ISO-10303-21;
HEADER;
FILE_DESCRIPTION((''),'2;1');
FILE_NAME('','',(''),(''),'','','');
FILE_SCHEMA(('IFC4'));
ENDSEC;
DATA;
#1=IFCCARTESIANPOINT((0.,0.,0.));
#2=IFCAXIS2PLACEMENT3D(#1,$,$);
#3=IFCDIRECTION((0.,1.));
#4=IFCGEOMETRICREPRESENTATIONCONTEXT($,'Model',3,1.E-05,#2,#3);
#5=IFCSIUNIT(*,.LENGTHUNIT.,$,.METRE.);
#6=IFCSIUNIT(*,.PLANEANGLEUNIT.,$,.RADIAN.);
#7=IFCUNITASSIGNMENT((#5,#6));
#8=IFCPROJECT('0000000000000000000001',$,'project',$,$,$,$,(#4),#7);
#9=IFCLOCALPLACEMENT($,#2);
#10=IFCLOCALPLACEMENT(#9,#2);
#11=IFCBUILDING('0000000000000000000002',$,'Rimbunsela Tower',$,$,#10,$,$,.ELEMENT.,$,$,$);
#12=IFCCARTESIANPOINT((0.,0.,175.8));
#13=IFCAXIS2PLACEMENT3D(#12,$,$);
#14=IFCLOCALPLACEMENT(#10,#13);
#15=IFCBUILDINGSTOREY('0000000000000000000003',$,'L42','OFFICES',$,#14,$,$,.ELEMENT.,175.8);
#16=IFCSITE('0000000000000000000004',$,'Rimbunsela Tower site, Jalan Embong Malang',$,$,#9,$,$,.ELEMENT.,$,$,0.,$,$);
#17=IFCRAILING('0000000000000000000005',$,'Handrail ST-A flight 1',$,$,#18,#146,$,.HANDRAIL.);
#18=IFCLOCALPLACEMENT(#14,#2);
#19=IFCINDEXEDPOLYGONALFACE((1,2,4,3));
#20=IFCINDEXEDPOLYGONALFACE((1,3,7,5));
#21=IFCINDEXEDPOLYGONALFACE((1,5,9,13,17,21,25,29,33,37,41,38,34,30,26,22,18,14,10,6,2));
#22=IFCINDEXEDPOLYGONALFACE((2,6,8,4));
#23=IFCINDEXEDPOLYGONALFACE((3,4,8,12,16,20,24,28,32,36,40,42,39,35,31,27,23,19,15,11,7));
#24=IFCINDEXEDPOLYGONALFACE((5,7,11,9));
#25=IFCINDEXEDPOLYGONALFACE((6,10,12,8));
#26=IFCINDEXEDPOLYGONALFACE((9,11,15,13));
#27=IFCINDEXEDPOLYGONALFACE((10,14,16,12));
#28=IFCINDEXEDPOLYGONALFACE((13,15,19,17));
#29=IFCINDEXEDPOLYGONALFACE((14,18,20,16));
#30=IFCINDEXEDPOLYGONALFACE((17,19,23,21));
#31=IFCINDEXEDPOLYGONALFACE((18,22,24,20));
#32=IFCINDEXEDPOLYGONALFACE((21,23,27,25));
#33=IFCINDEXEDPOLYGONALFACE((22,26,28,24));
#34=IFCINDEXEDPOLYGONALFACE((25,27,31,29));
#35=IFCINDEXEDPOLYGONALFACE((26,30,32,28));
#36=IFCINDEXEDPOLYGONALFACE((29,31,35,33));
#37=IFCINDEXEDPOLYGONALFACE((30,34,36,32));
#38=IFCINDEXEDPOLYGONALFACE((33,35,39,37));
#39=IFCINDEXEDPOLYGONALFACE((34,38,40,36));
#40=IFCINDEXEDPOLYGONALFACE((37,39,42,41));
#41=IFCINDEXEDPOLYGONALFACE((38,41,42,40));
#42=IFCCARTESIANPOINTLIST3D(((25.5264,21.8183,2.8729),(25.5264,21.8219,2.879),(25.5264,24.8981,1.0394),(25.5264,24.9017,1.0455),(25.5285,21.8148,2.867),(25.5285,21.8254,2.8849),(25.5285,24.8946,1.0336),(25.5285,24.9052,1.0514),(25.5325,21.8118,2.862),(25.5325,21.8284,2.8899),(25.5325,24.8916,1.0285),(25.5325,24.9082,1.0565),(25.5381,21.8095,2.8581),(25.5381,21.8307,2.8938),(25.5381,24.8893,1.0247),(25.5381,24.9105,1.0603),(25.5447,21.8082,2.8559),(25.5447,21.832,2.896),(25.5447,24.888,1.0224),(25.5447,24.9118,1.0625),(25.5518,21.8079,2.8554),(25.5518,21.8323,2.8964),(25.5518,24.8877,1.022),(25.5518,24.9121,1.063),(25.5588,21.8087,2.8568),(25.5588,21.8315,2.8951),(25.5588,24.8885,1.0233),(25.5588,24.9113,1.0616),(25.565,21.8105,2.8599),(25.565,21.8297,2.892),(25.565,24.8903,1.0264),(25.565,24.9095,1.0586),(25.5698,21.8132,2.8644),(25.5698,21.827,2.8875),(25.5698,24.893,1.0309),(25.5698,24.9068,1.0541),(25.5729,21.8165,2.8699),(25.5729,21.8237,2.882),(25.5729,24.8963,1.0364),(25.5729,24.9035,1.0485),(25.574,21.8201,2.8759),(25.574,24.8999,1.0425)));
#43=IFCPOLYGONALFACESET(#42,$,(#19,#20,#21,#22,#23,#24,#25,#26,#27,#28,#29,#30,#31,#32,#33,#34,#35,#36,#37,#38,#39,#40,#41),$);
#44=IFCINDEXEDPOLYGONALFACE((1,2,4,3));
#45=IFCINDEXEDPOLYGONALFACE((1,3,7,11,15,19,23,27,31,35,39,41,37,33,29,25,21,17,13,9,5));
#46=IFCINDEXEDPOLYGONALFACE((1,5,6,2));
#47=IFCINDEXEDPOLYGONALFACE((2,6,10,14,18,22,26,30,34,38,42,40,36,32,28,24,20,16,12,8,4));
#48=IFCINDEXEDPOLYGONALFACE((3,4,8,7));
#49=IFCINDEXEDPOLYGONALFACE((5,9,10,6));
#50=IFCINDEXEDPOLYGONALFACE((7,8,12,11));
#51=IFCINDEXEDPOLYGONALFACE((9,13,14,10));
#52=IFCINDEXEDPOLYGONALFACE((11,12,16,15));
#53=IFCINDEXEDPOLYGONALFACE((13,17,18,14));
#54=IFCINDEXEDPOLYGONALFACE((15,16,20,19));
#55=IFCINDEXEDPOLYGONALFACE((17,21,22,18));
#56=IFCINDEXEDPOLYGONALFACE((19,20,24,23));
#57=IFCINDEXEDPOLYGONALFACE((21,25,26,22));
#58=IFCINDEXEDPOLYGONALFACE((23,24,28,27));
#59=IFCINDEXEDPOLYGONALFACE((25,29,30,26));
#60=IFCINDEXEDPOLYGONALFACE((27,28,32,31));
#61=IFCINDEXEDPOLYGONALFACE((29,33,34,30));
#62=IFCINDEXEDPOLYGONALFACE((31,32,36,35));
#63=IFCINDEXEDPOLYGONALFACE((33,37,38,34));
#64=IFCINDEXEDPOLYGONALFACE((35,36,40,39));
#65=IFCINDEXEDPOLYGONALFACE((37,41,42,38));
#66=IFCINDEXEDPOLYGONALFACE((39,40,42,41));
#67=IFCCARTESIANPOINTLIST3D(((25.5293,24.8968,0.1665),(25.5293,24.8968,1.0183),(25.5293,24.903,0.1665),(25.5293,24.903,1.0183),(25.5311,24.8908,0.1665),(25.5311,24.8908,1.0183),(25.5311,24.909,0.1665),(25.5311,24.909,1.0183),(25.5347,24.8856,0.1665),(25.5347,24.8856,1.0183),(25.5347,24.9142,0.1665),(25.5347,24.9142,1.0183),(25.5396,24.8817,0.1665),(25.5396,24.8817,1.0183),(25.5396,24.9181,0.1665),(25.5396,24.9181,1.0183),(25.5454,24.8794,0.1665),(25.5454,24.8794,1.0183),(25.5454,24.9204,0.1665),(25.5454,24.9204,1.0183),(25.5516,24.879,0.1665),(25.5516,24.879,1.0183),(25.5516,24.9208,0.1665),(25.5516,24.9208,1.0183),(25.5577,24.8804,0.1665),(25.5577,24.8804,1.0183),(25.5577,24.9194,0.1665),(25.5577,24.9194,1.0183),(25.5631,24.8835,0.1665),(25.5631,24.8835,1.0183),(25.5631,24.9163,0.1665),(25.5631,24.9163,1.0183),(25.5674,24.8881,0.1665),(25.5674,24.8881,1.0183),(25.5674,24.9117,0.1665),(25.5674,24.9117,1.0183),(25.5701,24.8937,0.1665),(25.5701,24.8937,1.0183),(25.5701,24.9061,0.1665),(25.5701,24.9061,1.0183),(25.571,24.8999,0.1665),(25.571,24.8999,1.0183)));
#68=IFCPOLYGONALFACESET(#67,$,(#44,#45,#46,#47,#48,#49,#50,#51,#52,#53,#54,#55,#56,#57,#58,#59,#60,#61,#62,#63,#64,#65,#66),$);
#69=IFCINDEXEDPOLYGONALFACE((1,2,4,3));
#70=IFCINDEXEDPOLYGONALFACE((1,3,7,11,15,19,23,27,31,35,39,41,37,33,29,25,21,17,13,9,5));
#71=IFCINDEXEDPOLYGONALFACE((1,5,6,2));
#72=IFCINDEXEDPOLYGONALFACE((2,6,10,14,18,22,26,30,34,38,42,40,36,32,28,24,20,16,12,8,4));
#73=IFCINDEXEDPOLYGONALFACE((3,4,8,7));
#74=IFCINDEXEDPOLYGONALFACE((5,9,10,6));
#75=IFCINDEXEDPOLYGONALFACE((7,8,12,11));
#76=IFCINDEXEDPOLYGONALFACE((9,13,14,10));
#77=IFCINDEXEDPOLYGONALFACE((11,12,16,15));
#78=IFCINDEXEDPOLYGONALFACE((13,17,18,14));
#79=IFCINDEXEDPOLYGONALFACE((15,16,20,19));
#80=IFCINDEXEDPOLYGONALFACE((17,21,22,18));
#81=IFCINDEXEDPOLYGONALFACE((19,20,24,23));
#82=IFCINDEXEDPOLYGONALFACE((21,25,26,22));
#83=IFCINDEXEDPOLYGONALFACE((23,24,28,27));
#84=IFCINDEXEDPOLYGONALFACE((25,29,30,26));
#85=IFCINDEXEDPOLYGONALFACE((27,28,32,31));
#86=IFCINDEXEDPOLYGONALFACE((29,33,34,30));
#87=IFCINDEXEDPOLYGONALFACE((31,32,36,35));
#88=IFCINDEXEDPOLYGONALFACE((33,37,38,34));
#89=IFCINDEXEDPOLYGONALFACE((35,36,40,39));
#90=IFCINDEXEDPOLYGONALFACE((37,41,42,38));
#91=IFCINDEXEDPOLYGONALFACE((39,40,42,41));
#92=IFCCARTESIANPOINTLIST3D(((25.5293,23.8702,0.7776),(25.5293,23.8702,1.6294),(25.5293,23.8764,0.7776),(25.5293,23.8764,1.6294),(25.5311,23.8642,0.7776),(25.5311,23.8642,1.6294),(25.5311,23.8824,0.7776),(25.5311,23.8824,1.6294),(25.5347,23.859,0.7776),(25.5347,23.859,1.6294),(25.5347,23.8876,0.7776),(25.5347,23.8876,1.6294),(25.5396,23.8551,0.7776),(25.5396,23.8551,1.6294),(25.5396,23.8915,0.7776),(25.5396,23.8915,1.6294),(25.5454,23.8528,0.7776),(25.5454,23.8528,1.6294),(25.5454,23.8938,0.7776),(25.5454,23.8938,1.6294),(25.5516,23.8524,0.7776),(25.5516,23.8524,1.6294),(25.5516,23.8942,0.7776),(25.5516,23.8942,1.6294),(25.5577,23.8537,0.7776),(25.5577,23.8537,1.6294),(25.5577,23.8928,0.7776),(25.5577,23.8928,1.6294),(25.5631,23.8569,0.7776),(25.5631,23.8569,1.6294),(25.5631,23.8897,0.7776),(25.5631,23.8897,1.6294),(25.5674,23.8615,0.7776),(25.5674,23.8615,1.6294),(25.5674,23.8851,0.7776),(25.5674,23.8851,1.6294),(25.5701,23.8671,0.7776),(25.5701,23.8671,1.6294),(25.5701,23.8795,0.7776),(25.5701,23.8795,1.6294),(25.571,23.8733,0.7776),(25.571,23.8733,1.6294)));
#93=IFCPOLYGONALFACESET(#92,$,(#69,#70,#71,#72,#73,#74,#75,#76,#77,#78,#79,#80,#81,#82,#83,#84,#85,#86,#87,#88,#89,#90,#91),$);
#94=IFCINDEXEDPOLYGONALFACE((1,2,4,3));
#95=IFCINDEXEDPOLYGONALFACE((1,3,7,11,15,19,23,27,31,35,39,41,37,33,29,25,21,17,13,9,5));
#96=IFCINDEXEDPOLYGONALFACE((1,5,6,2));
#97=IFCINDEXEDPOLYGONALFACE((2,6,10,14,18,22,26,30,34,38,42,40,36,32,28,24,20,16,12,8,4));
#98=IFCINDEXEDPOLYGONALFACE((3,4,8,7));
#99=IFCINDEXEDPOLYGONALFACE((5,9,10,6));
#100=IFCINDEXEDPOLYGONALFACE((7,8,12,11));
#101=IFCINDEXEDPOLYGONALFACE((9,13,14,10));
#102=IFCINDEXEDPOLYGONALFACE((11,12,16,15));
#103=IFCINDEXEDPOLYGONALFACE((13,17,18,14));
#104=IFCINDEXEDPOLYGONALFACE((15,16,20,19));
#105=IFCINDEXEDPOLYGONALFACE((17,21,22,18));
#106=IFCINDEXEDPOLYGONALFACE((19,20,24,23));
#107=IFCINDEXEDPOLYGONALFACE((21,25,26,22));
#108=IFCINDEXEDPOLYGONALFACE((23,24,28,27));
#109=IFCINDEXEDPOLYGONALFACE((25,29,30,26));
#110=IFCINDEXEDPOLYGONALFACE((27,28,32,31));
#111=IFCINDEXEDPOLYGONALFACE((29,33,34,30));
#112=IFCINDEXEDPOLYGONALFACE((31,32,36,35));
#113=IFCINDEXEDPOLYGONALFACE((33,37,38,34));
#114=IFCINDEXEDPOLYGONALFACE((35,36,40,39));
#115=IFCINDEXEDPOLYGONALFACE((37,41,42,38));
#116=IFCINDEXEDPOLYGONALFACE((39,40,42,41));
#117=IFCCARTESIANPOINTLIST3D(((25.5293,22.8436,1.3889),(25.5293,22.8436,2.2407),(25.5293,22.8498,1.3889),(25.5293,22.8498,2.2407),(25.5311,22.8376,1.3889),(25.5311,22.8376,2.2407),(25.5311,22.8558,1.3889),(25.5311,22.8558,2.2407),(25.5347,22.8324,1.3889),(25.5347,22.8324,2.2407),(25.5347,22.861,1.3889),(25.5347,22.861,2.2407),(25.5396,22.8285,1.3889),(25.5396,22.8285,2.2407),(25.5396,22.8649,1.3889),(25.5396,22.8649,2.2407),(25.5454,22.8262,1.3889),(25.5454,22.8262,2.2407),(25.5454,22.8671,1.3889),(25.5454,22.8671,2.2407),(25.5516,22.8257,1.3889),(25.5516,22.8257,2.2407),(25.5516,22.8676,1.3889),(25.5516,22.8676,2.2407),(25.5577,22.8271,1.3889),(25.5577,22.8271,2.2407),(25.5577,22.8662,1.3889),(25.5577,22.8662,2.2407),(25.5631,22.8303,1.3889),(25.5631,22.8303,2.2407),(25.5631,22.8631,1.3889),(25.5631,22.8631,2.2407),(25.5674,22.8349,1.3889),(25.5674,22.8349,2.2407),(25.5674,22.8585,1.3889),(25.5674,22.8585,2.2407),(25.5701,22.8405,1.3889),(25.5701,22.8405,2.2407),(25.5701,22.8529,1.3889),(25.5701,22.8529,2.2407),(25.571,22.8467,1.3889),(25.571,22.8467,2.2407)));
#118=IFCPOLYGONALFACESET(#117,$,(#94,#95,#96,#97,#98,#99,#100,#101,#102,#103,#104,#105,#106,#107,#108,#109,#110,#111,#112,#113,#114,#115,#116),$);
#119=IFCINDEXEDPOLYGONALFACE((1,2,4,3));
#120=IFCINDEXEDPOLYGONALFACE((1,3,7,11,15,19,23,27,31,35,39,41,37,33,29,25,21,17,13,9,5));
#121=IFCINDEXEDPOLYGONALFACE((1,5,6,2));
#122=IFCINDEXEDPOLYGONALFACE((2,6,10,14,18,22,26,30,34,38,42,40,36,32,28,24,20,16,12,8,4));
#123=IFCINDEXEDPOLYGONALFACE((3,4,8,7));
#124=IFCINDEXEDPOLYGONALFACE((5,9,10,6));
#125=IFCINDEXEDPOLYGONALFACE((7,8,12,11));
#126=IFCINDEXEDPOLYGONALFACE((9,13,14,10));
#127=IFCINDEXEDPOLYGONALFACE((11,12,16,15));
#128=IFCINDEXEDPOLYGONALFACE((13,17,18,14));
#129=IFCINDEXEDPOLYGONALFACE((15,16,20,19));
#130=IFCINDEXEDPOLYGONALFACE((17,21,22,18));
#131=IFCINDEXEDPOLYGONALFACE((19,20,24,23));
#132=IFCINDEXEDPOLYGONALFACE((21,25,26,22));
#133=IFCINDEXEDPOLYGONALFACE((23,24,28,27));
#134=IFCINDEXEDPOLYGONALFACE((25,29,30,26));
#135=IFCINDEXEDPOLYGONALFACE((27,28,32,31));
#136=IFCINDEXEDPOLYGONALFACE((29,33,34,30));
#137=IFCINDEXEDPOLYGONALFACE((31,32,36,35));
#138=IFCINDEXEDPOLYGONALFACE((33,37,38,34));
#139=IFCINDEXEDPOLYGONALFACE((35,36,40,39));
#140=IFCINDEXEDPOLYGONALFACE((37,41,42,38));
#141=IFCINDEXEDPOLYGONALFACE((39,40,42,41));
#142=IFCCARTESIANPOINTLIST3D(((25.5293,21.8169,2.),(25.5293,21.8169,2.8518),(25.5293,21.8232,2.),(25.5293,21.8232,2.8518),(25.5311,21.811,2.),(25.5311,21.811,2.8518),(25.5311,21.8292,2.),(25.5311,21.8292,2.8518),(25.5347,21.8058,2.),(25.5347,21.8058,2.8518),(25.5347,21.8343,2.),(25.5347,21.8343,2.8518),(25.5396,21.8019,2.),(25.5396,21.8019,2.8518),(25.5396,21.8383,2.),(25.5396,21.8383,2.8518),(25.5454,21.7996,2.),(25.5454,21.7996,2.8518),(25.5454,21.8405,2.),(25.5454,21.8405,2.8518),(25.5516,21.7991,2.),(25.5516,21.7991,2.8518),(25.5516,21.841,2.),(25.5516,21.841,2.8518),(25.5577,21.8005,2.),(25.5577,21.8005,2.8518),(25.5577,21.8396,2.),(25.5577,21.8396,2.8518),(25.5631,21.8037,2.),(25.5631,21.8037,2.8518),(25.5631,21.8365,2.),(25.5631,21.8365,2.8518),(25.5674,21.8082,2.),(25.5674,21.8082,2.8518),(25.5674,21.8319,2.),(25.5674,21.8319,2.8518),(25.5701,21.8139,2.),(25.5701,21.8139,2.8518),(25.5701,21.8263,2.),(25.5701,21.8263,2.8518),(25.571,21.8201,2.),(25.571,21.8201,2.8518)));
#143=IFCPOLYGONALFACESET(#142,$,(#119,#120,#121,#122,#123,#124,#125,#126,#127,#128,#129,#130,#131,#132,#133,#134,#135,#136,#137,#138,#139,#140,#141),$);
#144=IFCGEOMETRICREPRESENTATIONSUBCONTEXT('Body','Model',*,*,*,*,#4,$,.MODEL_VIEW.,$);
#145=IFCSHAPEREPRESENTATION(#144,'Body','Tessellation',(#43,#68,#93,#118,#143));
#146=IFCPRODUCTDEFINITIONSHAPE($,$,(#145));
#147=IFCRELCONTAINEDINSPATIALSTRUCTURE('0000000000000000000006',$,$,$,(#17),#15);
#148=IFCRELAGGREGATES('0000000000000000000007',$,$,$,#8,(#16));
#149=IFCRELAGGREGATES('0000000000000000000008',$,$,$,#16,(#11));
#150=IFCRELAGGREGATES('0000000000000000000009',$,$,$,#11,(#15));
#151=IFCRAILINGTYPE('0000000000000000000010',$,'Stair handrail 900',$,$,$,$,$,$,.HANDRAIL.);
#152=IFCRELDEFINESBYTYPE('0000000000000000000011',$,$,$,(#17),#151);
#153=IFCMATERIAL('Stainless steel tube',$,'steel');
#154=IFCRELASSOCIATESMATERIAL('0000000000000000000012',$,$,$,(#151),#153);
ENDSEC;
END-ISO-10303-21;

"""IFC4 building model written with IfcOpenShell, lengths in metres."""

from ifc_helpers import new_model, si_unit, direction, frame, origin, origin_2d, place, context, subcontext, project, spatial, circle, extrude, material, type_object, element, save


model = new_model("IFC4")

# Units and contexts
model_context = context("Model", 3, precision=1e-05, world=origin(), true_north=direction((0.0, 1.0)))
body_context = subcontext(model_context, "Body", "Model", "MODEL_VIEW")
ifc_project = project(units=[si_unit("LENGTHUNIT", "METRE"), si_unit("PLANEANGLEUNIT", "RADIAN")], contexts=[model_context])

# Site, building, storey
site_placement = place(None, origin())
site = spatial("IfcSite", under=ifc_project, at=site_placement, Name="Rimbunsela Tower site, Jalan Embong Malang", CompositionType="ELEMENT", RefElevation=0.0)
building_placement = place(site_placement, origin())
building = spatial("IfcBuilding", under=site, at=building_placement, Name="Rimbunsela Tower", CompositionType="ELEMENT")
storey_placement = place(building_placement, frame((0.0, 0.0, 175.8)))
storey = spatial("IfcBuildingStorey", under=building, at=storey_placement, Name="L42", Description="OFFICES", CompositionType="ELEMENT", Elevation=175.8)

# Railing
ifc_material_1 = material(Name="Stainless steel tube", Category="steel")
railing_type = type_object("IfcRailingType", Name="Stair handrail 900", PredefinedType="HANDRAIL", material=ifc_material_1)
for number, where, name in (
    (1, (25.55, 24.8999, 0.1665), "Handrail ST-A flight 1"),
):
    element("IfcRailing", number, at=place(storey_placement, frame(where)), inside=storey, type_object=railing_type, Name=name, PredefinedType="HANDRAIL", context=body_context, shape_type="SweptSolid", body=[
        extrude(circle(Radius=0.0239, at=origin_2d()), frame((0.0, 0.0, 0.876), z_axis=(0.0, -0.859261, 0.511538), x_axis=(1.0, 0.0, 0.0)), (0.0, 0.0, 1.0), 3.5842),
        extrude(circle(Radius=0.021, at=origin_2d()), origin(), (0.0, 0.0, 1.0), 0.8518),
        extrude(circle(Radius=0.021, at=origin_2d()), frame((0.0, -1.0266, 0.6111)), (0.0, 0.0, 1.0), 0.8518),
        extrude(circle(Radius=0.021, at=origin_2d()), frame((0.0, -2.0532, 1.2224)), (0.0, 0.0, 1.0), 0.8518),
        extrude(circle(Radius=0.021, at=origin_2d()), frame((0.0, -3.0798, 1.8335)), (0.0, 0.0, 1.0), 0.8518),
    ])

save(model, "model.ifc")
